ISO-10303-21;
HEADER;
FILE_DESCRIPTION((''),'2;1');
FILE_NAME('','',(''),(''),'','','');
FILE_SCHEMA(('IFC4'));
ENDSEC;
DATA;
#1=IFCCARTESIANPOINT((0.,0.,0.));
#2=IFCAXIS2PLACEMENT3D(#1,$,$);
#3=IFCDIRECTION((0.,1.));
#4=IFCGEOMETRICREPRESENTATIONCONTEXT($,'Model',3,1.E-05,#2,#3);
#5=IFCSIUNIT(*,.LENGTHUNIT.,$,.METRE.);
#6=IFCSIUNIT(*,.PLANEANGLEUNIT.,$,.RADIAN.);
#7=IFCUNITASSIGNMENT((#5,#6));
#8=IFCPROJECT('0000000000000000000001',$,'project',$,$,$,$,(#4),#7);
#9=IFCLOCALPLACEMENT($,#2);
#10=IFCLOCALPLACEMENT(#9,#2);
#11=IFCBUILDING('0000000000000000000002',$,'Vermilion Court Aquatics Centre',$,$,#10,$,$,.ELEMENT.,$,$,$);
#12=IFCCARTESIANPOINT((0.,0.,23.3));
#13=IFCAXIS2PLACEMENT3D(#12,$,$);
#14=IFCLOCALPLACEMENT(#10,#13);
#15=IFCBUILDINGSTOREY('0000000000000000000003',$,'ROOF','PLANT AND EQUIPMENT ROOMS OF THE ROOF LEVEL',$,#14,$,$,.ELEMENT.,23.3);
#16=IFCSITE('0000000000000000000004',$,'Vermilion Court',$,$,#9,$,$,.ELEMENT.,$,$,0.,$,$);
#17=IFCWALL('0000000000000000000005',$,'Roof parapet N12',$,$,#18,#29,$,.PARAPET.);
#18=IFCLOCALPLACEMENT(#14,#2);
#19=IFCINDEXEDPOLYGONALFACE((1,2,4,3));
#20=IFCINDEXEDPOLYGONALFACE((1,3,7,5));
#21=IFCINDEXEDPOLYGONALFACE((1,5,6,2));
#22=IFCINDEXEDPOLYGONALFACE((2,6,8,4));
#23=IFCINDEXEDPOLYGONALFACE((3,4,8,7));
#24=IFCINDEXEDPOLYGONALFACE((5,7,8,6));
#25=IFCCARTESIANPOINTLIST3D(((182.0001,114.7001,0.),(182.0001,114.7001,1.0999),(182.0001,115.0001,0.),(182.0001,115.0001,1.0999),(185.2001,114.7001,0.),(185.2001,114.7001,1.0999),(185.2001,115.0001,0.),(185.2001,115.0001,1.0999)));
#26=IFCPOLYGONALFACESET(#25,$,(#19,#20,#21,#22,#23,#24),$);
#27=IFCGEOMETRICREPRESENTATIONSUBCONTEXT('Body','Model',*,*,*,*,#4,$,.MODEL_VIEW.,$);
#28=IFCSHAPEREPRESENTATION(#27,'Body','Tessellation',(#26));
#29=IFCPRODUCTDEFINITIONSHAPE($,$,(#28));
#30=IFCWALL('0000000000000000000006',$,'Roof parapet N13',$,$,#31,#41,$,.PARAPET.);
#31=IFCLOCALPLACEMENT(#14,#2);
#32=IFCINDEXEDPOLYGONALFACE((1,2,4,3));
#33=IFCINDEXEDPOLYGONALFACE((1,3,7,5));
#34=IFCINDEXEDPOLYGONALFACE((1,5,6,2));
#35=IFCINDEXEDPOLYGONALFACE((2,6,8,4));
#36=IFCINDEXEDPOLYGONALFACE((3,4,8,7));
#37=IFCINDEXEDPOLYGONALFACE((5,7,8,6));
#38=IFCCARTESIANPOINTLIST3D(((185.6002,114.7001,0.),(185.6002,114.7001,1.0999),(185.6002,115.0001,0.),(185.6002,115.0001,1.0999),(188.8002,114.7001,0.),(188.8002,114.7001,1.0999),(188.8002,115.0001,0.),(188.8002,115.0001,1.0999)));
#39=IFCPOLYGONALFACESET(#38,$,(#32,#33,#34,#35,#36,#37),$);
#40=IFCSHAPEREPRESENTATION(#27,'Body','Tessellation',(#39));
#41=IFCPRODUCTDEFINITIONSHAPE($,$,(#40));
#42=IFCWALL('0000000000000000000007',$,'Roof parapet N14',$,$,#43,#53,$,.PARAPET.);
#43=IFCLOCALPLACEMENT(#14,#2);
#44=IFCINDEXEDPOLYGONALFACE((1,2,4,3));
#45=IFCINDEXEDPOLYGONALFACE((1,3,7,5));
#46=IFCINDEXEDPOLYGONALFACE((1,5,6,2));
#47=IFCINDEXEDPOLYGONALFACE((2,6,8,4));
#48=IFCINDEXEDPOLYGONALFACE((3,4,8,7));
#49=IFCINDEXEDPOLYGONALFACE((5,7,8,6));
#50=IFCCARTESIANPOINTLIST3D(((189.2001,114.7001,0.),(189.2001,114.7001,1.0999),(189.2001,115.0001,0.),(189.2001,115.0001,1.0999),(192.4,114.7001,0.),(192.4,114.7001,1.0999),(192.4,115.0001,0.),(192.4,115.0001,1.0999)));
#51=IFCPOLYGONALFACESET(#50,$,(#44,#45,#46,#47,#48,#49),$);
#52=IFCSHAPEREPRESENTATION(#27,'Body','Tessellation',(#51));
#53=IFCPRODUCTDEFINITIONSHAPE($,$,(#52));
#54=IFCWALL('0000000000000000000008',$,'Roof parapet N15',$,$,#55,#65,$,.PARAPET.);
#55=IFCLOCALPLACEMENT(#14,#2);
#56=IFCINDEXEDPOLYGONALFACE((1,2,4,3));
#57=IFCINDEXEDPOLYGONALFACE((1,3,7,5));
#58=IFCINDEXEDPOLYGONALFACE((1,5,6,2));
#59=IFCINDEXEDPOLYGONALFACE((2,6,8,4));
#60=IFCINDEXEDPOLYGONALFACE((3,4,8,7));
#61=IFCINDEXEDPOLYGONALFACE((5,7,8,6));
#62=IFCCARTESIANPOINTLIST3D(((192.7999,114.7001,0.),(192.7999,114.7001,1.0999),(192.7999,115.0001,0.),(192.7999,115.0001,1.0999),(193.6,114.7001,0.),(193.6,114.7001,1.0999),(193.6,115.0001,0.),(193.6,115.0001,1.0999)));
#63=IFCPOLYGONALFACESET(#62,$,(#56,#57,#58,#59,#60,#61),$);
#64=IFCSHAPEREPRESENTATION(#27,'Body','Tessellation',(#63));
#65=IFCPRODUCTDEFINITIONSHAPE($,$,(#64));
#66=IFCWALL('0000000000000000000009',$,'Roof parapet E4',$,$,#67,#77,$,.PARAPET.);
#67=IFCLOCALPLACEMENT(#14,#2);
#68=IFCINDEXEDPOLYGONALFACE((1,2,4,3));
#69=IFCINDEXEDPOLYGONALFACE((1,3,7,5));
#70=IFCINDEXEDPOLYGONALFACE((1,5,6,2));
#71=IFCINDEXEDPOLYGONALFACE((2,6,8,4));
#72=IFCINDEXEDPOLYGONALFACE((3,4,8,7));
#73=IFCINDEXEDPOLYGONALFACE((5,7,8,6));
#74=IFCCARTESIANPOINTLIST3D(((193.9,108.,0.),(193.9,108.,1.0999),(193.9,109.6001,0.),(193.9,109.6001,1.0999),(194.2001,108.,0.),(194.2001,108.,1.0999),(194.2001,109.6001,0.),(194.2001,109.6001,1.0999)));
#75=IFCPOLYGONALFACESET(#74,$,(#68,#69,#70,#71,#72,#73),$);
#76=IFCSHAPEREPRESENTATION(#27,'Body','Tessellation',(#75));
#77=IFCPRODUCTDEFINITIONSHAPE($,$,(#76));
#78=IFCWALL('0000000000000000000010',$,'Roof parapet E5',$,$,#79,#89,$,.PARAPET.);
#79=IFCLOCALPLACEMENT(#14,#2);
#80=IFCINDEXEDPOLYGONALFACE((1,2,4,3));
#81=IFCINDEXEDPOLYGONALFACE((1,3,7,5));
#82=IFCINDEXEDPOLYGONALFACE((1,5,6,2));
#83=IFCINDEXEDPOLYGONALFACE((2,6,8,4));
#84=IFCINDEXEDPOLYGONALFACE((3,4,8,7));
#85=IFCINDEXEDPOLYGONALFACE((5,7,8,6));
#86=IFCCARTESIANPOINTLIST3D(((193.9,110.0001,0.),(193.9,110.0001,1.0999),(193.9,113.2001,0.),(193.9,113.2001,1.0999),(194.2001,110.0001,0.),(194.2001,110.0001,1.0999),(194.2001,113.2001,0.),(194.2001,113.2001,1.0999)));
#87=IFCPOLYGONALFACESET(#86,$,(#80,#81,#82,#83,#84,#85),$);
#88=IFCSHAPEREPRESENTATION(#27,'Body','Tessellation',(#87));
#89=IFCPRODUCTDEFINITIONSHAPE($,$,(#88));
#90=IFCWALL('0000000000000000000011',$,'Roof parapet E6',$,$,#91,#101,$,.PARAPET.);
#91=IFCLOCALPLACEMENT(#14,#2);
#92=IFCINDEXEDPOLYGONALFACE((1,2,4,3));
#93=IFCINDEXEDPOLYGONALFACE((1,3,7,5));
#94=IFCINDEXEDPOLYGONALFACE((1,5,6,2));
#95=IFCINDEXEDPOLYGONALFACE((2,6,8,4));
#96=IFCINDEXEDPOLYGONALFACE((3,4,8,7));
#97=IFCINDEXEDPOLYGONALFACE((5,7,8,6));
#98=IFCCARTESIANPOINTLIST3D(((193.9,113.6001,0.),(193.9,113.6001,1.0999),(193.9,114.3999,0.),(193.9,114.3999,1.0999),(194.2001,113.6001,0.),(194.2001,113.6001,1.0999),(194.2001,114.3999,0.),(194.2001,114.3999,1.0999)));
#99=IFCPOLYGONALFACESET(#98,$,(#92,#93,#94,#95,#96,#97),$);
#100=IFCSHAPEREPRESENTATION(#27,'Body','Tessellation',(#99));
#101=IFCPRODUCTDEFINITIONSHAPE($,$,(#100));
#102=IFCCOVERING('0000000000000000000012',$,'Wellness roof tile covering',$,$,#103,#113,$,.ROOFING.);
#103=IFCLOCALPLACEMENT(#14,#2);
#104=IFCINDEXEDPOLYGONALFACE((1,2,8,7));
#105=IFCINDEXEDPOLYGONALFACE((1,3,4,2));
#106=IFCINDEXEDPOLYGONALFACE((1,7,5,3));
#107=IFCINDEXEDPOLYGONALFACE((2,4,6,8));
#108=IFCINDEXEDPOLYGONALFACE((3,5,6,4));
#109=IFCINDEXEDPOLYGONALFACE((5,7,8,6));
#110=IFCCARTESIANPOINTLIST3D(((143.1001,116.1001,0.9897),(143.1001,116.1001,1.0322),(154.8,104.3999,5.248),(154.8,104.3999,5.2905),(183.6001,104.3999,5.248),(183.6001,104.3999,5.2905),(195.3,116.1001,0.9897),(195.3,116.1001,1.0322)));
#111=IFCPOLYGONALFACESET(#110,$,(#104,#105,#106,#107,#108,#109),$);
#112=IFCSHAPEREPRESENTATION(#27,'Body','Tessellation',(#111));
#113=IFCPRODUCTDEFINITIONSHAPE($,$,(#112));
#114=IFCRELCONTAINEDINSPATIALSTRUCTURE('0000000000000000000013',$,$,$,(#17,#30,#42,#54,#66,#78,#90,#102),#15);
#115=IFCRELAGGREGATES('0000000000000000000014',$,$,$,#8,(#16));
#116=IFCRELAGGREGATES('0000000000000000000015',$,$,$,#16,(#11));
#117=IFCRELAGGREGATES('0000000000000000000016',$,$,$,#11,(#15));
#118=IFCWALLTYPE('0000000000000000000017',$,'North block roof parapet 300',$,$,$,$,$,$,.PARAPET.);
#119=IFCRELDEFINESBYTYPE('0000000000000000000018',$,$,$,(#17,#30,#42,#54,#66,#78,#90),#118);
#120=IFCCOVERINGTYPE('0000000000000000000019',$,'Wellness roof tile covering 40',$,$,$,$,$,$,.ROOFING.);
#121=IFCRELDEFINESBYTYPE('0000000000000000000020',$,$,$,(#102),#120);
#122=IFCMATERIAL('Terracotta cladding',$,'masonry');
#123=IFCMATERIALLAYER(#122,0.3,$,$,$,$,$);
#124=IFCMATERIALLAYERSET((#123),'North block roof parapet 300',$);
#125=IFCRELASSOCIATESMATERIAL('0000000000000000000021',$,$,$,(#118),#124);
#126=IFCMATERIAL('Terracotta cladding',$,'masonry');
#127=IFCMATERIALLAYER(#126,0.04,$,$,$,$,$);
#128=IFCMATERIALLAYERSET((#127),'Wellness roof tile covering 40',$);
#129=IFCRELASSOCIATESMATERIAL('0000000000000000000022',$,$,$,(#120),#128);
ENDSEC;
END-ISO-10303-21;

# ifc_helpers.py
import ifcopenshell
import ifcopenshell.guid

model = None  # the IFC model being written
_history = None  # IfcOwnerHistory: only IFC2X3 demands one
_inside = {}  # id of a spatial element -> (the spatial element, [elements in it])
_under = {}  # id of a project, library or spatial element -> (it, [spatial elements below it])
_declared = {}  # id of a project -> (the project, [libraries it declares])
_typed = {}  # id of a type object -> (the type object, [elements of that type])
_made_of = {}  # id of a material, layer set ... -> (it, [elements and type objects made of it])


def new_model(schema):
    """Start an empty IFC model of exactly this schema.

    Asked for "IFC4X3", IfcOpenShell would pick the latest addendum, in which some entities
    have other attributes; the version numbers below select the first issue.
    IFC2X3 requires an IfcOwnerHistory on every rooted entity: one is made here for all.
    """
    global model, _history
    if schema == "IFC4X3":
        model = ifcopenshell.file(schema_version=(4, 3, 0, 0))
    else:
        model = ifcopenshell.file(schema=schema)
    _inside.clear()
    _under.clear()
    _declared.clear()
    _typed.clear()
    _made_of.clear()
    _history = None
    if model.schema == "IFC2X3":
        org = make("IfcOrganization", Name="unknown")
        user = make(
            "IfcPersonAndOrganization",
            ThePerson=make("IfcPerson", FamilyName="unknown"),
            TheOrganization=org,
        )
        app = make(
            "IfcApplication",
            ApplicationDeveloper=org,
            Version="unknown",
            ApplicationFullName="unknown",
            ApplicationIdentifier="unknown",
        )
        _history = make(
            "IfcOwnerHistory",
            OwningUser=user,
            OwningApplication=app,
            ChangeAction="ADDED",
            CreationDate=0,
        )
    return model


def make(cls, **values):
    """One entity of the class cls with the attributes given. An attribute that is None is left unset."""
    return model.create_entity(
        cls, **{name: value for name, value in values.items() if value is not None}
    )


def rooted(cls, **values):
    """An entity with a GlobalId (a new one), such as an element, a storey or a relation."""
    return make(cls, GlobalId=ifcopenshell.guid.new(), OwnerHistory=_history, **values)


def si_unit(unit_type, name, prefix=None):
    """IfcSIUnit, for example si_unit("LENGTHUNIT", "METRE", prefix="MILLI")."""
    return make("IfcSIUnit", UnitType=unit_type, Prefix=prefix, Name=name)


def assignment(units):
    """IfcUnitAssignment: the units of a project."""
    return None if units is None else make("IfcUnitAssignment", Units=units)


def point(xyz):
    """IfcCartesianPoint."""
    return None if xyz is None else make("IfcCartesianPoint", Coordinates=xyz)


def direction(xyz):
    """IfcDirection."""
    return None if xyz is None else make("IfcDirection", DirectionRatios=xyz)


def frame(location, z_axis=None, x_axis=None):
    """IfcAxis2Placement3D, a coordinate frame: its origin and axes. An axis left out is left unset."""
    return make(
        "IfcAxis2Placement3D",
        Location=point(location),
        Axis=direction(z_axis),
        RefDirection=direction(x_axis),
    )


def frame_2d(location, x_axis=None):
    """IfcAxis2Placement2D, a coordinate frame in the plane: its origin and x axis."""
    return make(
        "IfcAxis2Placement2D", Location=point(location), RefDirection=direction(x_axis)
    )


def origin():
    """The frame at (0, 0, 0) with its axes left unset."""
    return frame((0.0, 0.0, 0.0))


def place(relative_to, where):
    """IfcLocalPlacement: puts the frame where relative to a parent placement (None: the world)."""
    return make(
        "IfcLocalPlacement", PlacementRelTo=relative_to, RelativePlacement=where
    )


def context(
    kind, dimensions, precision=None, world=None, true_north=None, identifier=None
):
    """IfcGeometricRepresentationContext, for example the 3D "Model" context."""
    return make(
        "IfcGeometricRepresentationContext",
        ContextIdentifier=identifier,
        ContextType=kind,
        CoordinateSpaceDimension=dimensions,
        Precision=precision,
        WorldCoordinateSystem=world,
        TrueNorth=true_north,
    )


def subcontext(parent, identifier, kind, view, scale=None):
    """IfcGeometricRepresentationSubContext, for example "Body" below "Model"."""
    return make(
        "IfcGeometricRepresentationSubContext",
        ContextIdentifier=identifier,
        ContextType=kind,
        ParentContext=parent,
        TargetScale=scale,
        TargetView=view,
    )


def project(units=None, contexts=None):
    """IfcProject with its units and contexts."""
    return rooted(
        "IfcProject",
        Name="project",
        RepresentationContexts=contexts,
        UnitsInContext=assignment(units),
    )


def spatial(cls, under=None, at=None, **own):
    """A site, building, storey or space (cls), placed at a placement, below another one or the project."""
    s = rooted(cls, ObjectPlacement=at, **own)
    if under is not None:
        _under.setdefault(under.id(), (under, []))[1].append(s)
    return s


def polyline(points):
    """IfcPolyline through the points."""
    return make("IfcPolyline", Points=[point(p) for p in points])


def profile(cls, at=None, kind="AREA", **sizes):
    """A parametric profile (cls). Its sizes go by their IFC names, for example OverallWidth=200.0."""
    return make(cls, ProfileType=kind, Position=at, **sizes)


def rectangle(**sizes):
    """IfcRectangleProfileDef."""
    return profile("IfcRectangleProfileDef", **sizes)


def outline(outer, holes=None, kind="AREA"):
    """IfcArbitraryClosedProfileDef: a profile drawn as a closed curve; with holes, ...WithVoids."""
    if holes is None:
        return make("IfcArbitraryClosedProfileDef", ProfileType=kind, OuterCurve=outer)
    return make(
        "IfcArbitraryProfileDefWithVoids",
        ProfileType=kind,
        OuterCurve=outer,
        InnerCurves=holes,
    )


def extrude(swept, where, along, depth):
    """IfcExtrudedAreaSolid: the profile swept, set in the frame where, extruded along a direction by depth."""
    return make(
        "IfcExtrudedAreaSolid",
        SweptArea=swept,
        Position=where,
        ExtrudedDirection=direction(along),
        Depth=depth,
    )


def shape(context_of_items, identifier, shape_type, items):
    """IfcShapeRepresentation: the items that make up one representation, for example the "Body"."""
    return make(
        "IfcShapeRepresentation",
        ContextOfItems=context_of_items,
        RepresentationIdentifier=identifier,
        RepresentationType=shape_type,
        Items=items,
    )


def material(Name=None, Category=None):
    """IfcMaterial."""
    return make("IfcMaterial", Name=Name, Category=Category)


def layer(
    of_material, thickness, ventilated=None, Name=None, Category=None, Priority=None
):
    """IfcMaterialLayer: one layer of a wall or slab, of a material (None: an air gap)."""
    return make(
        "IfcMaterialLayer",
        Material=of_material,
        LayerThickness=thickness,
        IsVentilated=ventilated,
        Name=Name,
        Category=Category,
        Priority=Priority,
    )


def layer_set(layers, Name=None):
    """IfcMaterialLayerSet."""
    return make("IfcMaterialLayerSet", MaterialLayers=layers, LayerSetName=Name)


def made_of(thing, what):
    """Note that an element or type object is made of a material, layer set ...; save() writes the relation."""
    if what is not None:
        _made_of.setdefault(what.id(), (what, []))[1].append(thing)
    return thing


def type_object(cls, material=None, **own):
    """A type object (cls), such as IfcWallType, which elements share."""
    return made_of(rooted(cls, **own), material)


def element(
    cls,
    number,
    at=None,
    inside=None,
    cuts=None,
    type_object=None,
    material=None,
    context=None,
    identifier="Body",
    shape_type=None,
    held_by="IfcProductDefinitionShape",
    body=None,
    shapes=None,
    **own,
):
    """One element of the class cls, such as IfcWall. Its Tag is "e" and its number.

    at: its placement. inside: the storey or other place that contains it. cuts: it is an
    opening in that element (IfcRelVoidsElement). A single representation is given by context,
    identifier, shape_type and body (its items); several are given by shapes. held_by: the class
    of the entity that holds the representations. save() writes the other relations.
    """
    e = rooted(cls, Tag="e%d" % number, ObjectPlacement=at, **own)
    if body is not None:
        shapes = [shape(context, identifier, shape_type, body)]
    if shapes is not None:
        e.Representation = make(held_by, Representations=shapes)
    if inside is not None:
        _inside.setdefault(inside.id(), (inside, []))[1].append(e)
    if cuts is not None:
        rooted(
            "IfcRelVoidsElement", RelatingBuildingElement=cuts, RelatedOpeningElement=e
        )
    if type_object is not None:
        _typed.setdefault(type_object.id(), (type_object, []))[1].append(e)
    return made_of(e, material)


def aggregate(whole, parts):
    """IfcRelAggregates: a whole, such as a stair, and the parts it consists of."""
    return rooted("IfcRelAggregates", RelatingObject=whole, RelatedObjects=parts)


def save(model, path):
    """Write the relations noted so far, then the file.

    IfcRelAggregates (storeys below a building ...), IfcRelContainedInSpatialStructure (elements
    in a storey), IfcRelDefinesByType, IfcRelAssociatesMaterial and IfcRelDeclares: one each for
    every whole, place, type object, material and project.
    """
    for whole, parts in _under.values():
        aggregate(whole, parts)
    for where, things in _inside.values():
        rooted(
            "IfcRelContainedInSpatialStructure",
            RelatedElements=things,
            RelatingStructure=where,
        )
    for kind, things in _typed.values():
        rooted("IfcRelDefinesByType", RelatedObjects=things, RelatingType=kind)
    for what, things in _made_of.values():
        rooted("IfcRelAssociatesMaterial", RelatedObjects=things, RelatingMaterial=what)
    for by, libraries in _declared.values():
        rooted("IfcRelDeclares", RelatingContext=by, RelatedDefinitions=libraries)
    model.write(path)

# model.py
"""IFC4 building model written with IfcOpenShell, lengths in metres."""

from ifc_helpers import new_model, si_unit, direction, frame, frame_2d, origin, place, context, subcontext, project, spatial, polyline, rectangle, outline, extrude, material, layer, layer_set, type_object, element, save


model = new_model("IFC4")

# Units and contexts
model_context = context("Model", 3, precision=1e-05, world=origin(), true_north=direction((0.0, 1.0)))
body_context = subcontext(model_context, "Body", "Model", "MODEL_VIEW")
ifc_project = project(units=[si_unit("LENGTHUNIT", "METRE"), si_unit("PLANEANGLEUNIT", "RADIAN")], contexts=[model_context])

# Site, building, storey
site_placement = place(None, origin())
site = spatial("IfcSite", under=ifc_project, at=site_placement, Name="Vermilion Court", CompositionType="ELEMENT", RefElevation=0.0)
building_placement = place(site_placement, origin())
building = spatial("IfcBuilding", under=site, at=building_placement, Name="Vermilion Court Aquatics Centre", CompositionType="ELEMENT")
storey_placement = place(building_placement, frame((0.0, 0.0, 23.3)))
storey = spatial("IfcBuildingStorey", under=building, at=storey_placement, Name="ROOF", Description="PLANT AND EQUIPMENT ROOMS OF THE ROOF LEVEL", CompositionType="ELEMENT", Elevation=23.3)

# Walls
ifc_material_1 = material(Name="Terracotta cladding", Category="masonry")
ifc_layer_1 = layer(ifc_material_1, 0.3)
ifc_layer_set_1 = layer_set([ifc_layer_1], Name="North block roof parapet 300")
wall_type = type_object("IfcWallType", Name="North block roof parapet 300", PredefinedType="PARAPET", material=ifc_layer_set_1)
for number, where, z_axis, x_axis, name in (
    (1, (182.0, 114.8501, 0.0), (0.0, 0.0, 1.0), (1.0, 0.0, 0.0), "Roof parapet N12"),
    (2, (185.6001, 114.8501, 0.0), (0.0, 0.0, 1.0), (1.0, 0.0, 0.0), "Roof parapet N13"),
    (3, (189.2, 114.8501, 0.0), (0.0, 0.0, 1.0), (1.0, 0.0, 0.0), "Roof parapet N14"),
):
    element("IfcWall", number, at=place(storey_placement, frame(where, z_axis=z_axis, x_axis=x_axis)), inside=storey, type_object=wall_type, Name=name, PredefinedType="PARAPET", context=body_context, shape_type="SweptSolid", body=[
        extrude(rectangle(XDim=3.2, YDim=0.3, at=frame_2d((1.6001, 0.0))), origin(), (0.0, 0.0, 1.0), 1.0999),
    ])
wall_1_placement = place(storey_placement, frame((192.8, 114.8501, 0.0), z_axis=(0.0, 0.0, 1.0), x_axis=(1.0, 0.0, 0.0)))
element("IfcWall", 4, at=wall_1_placement, inside=storey, type_object=wall_type, Name="Roof parapet N15", PredefinedType="PARAPET", context=body_context, shape_type="SweptSolid", body=[
    extrude(rectangle(XDim=0.8, YDim=0.3, at=frame_2d((0.3999, 0.0))), origin(), (0.0, 0.0, 1.0), 1.0999),
])
wall_2_placement = place(storey_placement, frame((194.05, 108.0, 0.0), z_axis=(0.0, 0.0, 1.0), x_axis=(0.0, 1.0, 0.0)))
element("IfcWall", 5, at=wall_2_placement, inside=storey, type_object=wall_type, Name="Roof parapet E4", PredefinedType="PARAPET", context=body_context, shape_type="SweptSolid", body=[
    extrude(rectangle(XDim=1.6001, YDim=0.3, at=frame_2d((0.8, 0.0))), origin(), (0.0, 0.0, 1.0), 1.0999),
])
wall_3_placement = place(storey_placement, frame((194.05, 110.0, 0.0), z_axis=(0.0, 0.0, 1.0), x_axis=(0.0, 1.0, 0.0)))
element("IfcWall", 6, at=wall_3_placement, inside=storey, type_object=wall_type, Name="Roof parapet E5", PredefinedType="PARAPET", context=body_context, shape_type="SweptSolid", body=[
    extrude(rectangle(XDim=3.2, YDim=0.3, at=frame_2d((1.6001, 0.0))), origin(), (0.0, 0.0, 1.0), 1.0999),
])
wall_4_placement = place(storey_placement, frame((194.05, 113.6001, 0.0), z_axis=(0.0, 0.0, 1.0), x_axis=(0.0, 1.0, 0.0)))
element("IfcWall", 7, at=wall_4_placement, inside=storey, type_object=wall_type, Name="Roof parapet E6", PredefinedType="PARAPET", context=body_context, shape_type="SweptSolid", body=[
    extrude(rectangle(XDim=0.7998, YDim=0.3, at=frame_2d((0.3999, 0.0))), origin(), (0.0, 0.0, 1.0), 1.0999),
])

# Covering
ifc_material_2 = material(Name="Terracotta cladding", Category="masonry")
ifc_layer_2 = layer(ifc_material_2, 0.04)
ifc_layer_set_2 = layer_set([ifc_layer_2], Name="Wellness roof tile covering 40")
covering_type = type_object("IfcCoveringType", Name="Wellness roof tile covering 40", PredefinedType="ROOFING", material=ifc_layer_set_2)
covering_placement = place(storey_placement, frame((195.3, 116.1001, 1.0322), z_axis=(0.0, 0.342004, 0.939698), x_axis=(-1.0, 0.0, 0.0)))
element("IfcCovering", 8, at=covering_placement, inside=storey, type_object=covering_type, Name="Wellness roof tile covering", PredefinedType="ROOFING", context=body_context, shape_type="SweptSolid", body=[
    extrude(outline(polyline([(0.0, 0.0), (52.2, 0.0), (40.5, 12.451), (11.7, 12.451), (0.0, 0.0)])), origin(), (0.0, -0.342004, -0.939698), 0.0425),
])

save(model, "model.ifc")
